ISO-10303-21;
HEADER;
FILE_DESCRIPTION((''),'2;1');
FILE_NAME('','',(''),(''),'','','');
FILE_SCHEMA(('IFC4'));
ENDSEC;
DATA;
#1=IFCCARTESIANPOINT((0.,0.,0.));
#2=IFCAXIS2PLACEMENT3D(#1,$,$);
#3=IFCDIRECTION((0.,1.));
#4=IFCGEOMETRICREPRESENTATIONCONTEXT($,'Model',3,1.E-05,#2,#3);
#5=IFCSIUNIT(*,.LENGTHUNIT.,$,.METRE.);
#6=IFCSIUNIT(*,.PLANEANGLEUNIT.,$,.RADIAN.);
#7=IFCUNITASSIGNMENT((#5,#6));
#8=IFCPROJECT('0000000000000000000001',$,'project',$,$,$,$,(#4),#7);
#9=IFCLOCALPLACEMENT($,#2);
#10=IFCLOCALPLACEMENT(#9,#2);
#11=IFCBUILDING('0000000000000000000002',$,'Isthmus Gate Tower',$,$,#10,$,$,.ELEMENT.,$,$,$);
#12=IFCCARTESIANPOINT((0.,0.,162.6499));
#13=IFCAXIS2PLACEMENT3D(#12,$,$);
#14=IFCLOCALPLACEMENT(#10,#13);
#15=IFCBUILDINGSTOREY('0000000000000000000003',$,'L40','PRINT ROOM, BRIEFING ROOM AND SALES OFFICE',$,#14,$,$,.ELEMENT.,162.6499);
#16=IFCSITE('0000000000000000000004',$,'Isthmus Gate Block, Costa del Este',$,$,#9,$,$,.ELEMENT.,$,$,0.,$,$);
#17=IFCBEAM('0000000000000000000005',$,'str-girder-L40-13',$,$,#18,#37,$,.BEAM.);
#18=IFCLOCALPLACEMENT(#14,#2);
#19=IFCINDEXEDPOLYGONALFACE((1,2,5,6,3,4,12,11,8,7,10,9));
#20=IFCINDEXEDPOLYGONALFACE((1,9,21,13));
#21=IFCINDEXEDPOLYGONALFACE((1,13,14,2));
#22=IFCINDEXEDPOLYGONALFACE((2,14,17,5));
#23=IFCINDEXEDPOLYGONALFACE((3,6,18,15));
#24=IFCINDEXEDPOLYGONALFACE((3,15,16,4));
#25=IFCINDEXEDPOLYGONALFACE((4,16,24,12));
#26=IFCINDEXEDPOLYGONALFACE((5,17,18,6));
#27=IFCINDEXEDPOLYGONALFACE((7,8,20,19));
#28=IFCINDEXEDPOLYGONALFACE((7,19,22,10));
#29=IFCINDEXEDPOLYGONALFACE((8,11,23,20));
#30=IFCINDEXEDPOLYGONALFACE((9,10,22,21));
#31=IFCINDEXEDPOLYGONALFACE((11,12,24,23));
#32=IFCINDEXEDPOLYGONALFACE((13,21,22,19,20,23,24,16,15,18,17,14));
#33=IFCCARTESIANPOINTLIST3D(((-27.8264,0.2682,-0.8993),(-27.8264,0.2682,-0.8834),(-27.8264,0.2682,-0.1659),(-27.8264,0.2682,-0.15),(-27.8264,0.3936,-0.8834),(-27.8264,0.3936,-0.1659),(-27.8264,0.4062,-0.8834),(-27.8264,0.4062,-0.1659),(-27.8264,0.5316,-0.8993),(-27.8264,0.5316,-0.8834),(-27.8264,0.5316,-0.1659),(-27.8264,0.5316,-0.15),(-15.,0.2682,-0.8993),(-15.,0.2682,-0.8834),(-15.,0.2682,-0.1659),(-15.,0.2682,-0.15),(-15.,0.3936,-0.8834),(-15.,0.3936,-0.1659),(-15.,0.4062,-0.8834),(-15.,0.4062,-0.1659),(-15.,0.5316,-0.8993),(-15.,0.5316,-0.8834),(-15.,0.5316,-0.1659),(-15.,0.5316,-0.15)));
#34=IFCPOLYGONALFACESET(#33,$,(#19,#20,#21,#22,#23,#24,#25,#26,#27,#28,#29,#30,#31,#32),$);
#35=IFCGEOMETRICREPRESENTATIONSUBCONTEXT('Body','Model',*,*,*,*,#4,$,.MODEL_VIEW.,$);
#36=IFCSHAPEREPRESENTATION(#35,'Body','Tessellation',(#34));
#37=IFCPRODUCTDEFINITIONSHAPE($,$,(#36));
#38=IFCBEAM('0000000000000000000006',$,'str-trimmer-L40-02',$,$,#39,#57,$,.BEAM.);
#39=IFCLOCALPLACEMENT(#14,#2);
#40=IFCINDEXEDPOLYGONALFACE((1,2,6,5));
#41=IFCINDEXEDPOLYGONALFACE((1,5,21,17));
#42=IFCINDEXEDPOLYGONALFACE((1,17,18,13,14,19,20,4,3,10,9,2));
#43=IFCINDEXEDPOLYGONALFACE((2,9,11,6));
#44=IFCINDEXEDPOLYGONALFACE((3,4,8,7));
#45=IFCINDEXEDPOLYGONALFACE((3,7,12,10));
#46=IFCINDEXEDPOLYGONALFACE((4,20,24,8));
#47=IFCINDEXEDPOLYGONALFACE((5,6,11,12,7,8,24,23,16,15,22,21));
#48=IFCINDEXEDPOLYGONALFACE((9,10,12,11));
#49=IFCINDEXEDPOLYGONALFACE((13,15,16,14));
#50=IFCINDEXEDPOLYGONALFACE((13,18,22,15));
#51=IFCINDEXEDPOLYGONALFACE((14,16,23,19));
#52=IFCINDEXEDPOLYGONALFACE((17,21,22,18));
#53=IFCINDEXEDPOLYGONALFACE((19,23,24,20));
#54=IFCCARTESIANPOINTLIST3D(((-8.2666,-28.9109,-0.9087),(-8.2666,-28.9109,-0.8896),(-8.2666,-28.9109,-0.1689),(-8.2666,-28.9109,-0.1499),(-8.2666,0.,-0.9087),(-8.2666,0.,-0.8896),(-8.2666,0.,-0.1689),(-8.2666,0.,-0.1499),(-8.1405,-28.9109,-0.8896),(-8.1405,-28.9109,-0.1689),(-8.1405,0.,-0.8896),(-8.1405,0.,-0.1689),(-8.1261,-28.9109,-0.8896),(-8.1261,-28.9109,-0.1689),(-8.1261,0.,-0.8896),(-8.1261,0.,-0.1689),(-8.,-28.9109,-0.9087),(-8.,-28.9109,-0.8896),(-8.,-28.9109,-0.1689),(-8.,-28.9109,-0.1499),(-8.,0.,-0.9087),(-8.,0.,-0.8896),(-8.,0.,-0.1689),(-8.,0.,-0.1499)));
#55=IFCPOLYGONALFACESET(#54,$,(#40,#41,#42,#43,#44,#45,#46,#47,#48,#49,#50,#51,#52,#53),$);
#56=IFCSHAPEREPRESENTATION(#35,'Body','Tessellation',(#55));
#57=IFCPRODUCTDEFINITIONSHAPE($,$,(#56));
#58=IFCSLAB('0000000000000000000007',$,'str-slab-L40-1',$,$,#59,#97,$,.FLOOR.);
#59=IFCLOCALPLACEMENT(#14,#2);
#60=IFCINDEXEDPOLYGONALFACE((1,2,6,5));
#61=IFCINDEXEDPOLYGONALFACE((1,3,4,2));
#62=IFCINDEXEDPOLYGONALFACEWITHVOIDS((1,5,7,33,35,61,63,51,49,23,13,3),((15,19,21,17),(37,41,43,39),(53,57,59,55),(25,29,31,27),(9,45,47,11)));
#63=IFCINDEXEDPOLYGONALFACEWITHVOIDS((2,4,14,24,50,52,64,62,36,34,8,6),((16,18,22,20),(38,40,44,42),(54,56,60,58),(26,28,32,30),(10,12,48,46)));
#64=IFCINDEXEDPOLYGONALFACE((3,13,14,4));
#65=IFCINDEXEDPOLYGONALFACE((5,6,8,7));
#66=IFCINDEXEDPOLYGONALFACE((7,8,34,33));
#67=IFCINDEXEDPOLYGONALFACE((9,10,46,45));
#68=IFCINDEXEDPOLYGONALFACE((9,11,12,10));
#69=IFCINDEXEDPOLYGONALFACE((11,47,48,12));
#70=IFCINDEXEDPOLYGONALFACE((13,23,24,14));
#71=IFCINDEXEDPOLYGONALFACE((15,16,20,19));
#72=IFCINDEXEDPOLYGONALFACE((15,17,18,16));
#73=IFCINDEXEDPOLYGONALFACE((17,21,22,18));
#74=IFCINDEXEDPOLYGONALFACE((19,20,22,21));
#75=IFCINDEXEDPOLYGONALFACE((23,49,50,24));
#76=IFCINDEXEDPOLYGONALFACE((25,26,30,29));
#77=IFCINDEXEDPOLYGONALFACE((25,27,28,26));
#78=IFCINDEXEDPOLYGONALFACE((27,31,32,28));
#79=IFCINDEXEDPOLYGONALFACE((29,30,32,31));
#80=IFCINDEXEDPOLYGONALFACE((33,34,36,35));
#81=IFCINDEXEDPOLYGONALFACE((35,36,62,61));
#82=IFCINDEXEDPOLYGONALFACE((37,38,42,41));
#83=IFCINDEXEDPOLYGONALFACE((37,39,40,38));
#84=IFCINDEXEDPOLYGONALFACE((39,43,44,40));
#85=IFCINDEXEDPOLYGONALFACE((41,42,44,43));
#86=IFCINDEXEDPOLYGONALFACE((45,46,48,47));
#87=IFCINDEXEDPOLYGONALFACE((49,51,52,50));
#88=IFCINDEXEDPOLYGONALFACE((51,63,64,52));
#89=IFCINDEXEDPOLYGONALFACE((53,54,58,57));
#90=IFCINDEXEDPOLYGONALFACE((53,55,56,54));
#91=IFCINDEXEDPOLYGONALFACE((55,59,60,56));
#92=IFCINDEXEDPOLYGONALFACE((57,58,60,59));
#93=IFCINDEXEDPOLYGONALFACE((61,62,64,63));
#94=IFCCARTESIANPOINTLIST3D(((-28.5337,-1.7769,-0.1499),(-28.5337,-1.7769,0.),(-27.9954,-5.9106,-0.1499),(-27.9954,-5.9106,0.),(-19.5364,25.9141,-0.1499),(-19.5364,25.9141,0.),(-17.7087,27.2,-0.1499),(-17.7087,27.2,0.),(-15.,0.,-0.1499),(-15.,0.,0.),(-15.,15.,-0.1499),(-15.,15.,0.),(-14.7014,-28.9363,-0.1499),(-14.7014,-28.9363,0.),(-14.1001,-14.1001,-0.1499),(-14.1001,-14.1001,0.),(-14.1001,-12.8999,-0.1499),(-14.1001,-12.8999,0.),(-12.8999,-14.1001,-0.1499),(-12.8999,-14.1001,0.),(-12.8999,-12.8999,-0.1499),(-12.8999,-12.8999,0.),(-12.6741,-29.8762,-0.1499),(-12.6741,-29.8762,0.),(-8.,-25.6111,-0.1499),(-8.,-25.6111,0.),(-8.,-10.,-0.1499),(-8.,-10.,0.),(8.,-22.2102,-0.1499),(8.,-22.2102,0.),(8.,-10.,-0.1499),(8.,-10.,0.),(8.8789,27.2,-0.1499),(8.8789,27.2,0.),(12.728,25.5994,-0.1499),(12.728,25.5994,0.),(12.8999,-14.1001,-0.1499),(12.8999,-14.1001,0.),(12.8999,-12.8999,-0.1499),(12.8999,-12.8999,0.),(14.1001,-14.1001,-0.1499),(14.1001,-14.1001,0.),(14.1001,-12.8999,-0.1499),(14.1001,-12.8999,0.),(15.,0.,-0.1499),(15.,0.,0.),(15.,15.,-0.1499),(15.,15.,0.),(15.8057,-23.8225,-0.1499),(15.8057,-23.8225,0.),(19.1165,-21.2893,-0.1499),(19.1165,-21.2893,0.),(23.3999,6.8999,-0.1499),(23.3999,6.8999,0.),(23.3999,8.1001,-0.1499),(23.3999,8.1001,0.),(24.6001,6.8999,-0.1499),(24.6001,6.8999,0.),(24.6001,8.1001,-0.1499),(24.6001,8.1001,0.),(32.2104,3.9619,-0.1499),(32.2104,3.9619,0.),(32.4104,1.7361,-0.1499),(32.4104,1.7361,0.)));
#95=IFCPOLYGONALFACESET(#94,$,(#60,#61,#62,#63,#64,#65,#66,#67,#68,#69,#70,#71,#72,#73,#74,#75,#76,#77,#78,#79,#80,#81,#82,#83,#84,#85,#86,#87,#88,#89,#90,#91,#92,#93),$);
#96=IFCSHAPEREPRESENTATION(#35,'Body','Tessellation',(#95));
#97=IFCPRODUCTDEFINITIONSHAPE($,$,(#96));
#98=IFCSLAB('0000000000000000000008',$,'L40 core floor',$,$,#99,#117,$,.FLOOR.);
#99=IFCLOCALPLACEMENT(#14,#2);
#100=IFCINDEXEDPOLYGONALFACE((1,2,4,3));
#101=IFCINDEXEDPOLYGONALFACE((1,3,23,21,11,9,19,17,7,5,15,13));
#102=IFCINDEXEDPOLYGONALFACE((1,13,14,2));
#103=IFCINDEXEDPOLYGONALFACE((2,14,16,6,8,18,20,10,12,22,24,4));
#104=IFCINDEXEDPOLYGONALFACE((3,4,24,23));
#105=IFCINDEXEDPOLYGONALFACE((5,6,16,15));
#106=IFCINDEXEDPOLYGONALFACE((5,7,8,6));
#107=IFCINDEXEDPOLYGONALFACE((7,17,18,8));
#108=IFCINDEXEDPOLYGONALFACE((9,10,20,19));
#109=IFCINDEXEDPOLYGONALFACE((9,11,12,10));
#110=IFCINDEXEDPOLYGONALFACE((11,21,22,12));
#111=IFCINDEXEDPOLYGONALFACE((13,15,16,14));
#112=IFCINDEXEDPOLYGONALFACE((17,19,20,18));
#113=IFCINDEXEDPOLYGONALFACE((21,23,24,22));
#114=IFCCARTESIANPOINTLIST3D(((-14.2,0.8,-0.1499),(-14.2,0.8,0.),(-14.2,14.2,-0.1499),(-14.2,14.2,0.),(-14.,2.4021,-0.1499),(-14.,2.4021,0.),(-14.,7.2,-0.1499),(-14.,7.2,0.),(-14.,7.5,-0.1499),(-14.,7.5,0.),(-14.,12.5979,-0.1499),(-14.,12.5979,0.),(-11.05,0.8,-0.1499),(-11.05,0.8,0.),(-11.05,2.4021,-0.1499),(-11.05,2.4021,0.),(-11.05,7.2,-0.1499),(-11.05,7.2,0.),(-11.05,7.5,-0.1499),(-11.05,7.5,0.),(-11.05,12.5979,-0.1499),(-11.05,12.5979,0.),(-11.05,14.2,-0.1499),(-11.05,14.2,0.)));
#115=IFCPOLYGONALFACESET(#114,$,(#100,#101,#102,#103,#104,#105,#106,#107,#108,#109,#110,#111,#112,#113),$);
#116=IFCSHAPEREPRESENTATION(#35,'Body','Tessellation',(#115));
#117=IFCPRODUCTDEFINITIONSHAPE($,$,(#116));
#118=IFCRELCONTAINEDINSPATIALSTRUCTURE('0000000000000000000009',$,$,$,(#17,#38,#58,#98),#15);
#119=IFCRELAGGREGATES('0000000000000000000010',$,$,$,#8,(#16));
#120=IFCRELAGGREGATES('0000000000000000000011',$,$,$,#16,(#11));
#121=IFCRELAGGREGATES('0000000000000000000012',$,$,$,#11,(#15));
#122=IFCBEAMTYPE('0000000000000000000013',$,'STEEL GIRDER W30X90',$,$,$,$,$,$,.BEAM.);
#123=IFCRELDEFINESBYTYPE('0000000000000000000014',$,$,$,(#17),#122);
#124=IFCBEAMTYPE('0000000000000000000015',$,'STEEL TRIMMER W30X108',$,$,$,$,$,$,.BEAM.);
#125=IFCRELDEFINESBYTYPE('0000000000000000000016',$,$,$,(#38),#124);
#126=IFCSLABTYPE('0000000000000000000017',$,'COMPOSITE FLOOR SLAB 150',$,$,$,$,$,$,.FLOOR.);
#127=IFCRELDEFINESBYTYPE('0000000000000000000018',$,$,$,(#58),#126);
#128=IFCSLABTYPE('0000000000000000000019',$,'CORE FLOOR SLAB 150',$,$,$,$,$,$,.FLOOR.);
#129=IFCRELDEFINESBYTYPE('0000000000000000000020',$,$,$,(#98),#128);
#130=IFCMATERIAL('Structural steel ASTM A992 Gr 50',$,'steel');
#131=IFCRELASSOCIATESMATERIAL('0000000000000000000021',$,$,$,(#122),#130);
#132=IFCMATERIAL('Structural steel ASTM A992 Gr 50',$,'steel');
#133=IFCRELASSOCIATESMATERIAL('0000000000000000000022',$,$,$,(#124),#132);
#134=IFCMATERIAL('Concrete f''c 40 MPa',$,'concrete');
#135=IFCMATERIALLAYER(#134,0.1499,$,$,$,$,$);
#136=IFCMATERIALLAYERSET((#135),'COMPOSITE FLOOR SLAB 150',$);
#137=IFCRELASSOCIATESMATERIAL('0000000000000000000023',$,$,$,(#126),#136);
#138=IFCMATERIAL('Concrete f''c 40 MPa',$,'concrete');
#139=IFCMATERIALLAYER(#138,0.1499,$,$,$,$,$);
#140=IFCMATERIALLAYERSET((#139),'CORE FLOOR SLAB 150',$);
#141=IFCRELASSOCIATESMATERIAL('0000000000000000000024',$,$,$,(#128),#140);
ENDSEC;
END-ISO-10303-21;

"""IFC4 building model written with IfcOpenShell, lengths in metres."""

from ifc_helpers import new_model, si_unit, direction, frame, origin, origin_2d, place, context, subcontext, project, spatial, polyline, i_section, outline, extrude, material, layer, layer_set, material_profile, profile_set, type_object, element, save


model = new_model("IFC4")

# Units and contexts
model_context = context("Model", 3, precision=1e-05, world=origin(), true_north=direction((0.0, 1.0)))
body_context = subcontext(model_context, "Body", "Model", "MODEL_VIEW")
ifc_project = project(units=[si_unit("LENGTHUNIT", "METRE"), si_unit("PLANEANGLEUNIT", "RADIAN")], contexts=[model_context])

# Site, building, storey
site_placement = place(None, origin())
site = spatial("IfcSite", under=ifc_project, at=site_placement, Name="Isthmus Gate Block, Costa del Este", CompositionType="ELEMENT", RefElevation=0.0)
building_placement = place(site_placement, origin())
building = spatial("IfcBuilding", under=site, at=building_placement, Name="Isthmus Gate Tower", CompositionType="ELEMENT")
storey_placement = place(building_placement, frame((0.0, 0.0, 162.6499)))
storey = spatial("IfcBuildingStorey", under=building, at=storey_placement, Name="L40", Description="PRINT ROOM, BRIEFING ROOM AND SALES OFFICE", CompositionType="ELEMENT", Elevation=162.6499)

# Beams
ifc_material_1 = material(Name="Structural steel ASTM A992 Gr 50", Category="steel")
ifc_material_profile_1 = material_profile(ifc_material_1, i_section(OverallWidth=0.2634, OverallDepth=0.7493, WebThickness=0.0127, FlangeThickness=0.0159, at=origin_2d()), Name="W30X90")
ifc_profile_set_1 = profile_set([ifc_material_profile_1], Name="Structural steel ASTM A992 Gr 50")
beam_type_1 = type_object("IfcBeamType", Name="STEEL GIRDER W30X90", PredefinedType="BEAM", material=ifc_profile_set_1)
beam_1_placement = place(storey_placement, frame((-15.0, 0.3999, -0.5247), z_axis=(-1.0, 0.0, 0.0), x_axis=(0.0, -1.0, 0.0)))
element("IfcBeam", 1, at=beam_1_placement, inside=storey, type_object=beam_type_1, Name="str-girder-L40-13", PredefinedType="BEAM", context=body_context, shape_type="SweptSolid", body=[
    extrude(i_section(OverallWidth=0.2634, OverallDepth=0.7493, WebThickness=0.0127, FlangeThickness=0.0159, at=origin_2d()), origin(), (0.0, 0.0, 1.0), 12.8264),
])
ifc_material_2 = material(Name="Structural steel ASTM A992 Gr 50", Category="steel")
ifc_material_profile_2 = material_profile(ifc_material_2, i_section(OverallWidth=0.2666, OverallDepth=0.7588, WebThickness=0.0144, FlangeThickness=0.019, at=origin_2d()), Name="W30X108")
ifc_profile_set_2 = profile_set([ifc_material_profile_2], Name="Structural steel ASTM A992 Gr 50")
beam_type_2 = type_object("IfcBeamType", Name="STEEL TRIMMER W30X108", PredefinedType="BEAM", material=ifc_profile_set_2)
beam_2_placement = place(storey_placement, frame((-8.1333, 0.0, -0.5293), z_axis=(0.0, -1.0, 0.0), x_axis=(1.0, 0.0, 0.0)))
element("IfcBeam", 2, at=beam_2_placement, inside=storey, type_object=beam_type_2, Name="str-trimmer-L40-02", PredefinedType="BEAM", context=body_context, shape_type="SweptSolid", body=[
    extrude(i_section(OverallWidth=0.2666, OverallDepth=0.7588, WebThickness=0.0144, FlangeThickness=0.019, at=origin_2d()), origin(), (0.0, 0.0, 1.0), 28.9109),
])

# Slabs
ifc_material_3 = material(Name="Concrete f'c 40 MPa", Category="concrete")
ifc_layer_1 = layer(ifc_material_3, 0.1499)
ifc_layer_set_1 = layer_set([ifc_layer_1], Name="COMPOSITE FLOOR SLAB 150")
slab_type_1 = type_object("IfcSlabType", Name="COMPOSITE FLOOR SLAB 150", PredefinedType="FLOOR", material=ifc_layer_set_1)
slab_1_placement = place(storey_placement, frame((0.0, 0.0, -0.1499)))
element("IfcSlab", 3, at=slab_1_placement, inside=storey, type_object=slab_type_1, Name="str-slab-L40-1", PredefinedType="FLOOR", context=body_context, shape_type="SweptSolid", body=[
    extrude(outline(polyline([(12.728, 25.5994), (32.2104, 3.9619), (32.4104, 1.7361), (19.1165, -21.2893), (15.8057, -23.8225), (-12.6741, -29.8762), (-14.7014, -28.9363), (-27.9954, -5.9106), (-28.5337, -1.7769), (-19.5364, 25.9141), (-17.7087, 27.2), (8.8789, 27.2), (12.728, 25.5994)]), holes=[polyline([(-8.0, -10.0), (-8.0, -25.6111), (8.0, -22.2102), (8.0, -10.0), (-8.0, -10.0)]), polyline([(-14.1001, -12.8999), (-14.1001, -14.1001), (-12.8999, -14.1001), (-12.8999, -12.8999), (-14.1001, -12.8999)]), polyline([(14.1001, -12.8999), (12.8999, -12.8999), (12.8999, -14.1001), (14.1001, -14.1001), (14.1001, -12.8999)]), polyline([(-15.0, 15.0), (-15.0, 0.0), (15.0, 0.0), (15.0, 15.0), (-15.0, 15.0)]), polyline([(24.6001, 6.8999), (24.6001, 8.1001), (23.3999, 8.1001), (23.3999, 6.8999), (24.6001, 6.8999)])]), origin(), (0.0, 0.0, 1.0), 0.1499),
])
ifc_material_4 = material(Name="Concrete f'c 40 MPa", Category="concrete")
ifc_layer_2 = layer(ifc_material_4, 0.1499)
ifc_layer_set_2 = layer_set([ifc_layer_2], Name="CORE FLOOR SLAB 150")
slab_type_2 = type_object("IfcSlabType", Name="CORE FLOOR SLAB 150", PredefinedType="FLOOR", material=ifc_layer_set_2)
slab_2_placement = place(storey_placement, frame((0.0, 0.0, -0.1499)))
element("IfcSlab", 4, at=slab_2_placement, inside=storey, type_object=slab_type_2, Name="L40 core floor", PredefinedType="FLOOR", context=body_context, shape_type="SweptSolid", body=[
    extrude(outline(polyline([(-11.05, 0.8), (-11.05, 2.4021), (-14.0, 2.4021), (-14.0, 7.2), (-11.05, 7.2), (-11.05, 7.5), (-14.0, 7.5), (-14.0, 12.5979), (-11.05, 12.5979), (-11.05, 14.2), (-14.2, 14.2), (-14.2, 0.8), (-11.05, 0.8)])), origin(), (0.0, 0.0, 1.0), 0.1499),
])

save(model, "model.ifc")
